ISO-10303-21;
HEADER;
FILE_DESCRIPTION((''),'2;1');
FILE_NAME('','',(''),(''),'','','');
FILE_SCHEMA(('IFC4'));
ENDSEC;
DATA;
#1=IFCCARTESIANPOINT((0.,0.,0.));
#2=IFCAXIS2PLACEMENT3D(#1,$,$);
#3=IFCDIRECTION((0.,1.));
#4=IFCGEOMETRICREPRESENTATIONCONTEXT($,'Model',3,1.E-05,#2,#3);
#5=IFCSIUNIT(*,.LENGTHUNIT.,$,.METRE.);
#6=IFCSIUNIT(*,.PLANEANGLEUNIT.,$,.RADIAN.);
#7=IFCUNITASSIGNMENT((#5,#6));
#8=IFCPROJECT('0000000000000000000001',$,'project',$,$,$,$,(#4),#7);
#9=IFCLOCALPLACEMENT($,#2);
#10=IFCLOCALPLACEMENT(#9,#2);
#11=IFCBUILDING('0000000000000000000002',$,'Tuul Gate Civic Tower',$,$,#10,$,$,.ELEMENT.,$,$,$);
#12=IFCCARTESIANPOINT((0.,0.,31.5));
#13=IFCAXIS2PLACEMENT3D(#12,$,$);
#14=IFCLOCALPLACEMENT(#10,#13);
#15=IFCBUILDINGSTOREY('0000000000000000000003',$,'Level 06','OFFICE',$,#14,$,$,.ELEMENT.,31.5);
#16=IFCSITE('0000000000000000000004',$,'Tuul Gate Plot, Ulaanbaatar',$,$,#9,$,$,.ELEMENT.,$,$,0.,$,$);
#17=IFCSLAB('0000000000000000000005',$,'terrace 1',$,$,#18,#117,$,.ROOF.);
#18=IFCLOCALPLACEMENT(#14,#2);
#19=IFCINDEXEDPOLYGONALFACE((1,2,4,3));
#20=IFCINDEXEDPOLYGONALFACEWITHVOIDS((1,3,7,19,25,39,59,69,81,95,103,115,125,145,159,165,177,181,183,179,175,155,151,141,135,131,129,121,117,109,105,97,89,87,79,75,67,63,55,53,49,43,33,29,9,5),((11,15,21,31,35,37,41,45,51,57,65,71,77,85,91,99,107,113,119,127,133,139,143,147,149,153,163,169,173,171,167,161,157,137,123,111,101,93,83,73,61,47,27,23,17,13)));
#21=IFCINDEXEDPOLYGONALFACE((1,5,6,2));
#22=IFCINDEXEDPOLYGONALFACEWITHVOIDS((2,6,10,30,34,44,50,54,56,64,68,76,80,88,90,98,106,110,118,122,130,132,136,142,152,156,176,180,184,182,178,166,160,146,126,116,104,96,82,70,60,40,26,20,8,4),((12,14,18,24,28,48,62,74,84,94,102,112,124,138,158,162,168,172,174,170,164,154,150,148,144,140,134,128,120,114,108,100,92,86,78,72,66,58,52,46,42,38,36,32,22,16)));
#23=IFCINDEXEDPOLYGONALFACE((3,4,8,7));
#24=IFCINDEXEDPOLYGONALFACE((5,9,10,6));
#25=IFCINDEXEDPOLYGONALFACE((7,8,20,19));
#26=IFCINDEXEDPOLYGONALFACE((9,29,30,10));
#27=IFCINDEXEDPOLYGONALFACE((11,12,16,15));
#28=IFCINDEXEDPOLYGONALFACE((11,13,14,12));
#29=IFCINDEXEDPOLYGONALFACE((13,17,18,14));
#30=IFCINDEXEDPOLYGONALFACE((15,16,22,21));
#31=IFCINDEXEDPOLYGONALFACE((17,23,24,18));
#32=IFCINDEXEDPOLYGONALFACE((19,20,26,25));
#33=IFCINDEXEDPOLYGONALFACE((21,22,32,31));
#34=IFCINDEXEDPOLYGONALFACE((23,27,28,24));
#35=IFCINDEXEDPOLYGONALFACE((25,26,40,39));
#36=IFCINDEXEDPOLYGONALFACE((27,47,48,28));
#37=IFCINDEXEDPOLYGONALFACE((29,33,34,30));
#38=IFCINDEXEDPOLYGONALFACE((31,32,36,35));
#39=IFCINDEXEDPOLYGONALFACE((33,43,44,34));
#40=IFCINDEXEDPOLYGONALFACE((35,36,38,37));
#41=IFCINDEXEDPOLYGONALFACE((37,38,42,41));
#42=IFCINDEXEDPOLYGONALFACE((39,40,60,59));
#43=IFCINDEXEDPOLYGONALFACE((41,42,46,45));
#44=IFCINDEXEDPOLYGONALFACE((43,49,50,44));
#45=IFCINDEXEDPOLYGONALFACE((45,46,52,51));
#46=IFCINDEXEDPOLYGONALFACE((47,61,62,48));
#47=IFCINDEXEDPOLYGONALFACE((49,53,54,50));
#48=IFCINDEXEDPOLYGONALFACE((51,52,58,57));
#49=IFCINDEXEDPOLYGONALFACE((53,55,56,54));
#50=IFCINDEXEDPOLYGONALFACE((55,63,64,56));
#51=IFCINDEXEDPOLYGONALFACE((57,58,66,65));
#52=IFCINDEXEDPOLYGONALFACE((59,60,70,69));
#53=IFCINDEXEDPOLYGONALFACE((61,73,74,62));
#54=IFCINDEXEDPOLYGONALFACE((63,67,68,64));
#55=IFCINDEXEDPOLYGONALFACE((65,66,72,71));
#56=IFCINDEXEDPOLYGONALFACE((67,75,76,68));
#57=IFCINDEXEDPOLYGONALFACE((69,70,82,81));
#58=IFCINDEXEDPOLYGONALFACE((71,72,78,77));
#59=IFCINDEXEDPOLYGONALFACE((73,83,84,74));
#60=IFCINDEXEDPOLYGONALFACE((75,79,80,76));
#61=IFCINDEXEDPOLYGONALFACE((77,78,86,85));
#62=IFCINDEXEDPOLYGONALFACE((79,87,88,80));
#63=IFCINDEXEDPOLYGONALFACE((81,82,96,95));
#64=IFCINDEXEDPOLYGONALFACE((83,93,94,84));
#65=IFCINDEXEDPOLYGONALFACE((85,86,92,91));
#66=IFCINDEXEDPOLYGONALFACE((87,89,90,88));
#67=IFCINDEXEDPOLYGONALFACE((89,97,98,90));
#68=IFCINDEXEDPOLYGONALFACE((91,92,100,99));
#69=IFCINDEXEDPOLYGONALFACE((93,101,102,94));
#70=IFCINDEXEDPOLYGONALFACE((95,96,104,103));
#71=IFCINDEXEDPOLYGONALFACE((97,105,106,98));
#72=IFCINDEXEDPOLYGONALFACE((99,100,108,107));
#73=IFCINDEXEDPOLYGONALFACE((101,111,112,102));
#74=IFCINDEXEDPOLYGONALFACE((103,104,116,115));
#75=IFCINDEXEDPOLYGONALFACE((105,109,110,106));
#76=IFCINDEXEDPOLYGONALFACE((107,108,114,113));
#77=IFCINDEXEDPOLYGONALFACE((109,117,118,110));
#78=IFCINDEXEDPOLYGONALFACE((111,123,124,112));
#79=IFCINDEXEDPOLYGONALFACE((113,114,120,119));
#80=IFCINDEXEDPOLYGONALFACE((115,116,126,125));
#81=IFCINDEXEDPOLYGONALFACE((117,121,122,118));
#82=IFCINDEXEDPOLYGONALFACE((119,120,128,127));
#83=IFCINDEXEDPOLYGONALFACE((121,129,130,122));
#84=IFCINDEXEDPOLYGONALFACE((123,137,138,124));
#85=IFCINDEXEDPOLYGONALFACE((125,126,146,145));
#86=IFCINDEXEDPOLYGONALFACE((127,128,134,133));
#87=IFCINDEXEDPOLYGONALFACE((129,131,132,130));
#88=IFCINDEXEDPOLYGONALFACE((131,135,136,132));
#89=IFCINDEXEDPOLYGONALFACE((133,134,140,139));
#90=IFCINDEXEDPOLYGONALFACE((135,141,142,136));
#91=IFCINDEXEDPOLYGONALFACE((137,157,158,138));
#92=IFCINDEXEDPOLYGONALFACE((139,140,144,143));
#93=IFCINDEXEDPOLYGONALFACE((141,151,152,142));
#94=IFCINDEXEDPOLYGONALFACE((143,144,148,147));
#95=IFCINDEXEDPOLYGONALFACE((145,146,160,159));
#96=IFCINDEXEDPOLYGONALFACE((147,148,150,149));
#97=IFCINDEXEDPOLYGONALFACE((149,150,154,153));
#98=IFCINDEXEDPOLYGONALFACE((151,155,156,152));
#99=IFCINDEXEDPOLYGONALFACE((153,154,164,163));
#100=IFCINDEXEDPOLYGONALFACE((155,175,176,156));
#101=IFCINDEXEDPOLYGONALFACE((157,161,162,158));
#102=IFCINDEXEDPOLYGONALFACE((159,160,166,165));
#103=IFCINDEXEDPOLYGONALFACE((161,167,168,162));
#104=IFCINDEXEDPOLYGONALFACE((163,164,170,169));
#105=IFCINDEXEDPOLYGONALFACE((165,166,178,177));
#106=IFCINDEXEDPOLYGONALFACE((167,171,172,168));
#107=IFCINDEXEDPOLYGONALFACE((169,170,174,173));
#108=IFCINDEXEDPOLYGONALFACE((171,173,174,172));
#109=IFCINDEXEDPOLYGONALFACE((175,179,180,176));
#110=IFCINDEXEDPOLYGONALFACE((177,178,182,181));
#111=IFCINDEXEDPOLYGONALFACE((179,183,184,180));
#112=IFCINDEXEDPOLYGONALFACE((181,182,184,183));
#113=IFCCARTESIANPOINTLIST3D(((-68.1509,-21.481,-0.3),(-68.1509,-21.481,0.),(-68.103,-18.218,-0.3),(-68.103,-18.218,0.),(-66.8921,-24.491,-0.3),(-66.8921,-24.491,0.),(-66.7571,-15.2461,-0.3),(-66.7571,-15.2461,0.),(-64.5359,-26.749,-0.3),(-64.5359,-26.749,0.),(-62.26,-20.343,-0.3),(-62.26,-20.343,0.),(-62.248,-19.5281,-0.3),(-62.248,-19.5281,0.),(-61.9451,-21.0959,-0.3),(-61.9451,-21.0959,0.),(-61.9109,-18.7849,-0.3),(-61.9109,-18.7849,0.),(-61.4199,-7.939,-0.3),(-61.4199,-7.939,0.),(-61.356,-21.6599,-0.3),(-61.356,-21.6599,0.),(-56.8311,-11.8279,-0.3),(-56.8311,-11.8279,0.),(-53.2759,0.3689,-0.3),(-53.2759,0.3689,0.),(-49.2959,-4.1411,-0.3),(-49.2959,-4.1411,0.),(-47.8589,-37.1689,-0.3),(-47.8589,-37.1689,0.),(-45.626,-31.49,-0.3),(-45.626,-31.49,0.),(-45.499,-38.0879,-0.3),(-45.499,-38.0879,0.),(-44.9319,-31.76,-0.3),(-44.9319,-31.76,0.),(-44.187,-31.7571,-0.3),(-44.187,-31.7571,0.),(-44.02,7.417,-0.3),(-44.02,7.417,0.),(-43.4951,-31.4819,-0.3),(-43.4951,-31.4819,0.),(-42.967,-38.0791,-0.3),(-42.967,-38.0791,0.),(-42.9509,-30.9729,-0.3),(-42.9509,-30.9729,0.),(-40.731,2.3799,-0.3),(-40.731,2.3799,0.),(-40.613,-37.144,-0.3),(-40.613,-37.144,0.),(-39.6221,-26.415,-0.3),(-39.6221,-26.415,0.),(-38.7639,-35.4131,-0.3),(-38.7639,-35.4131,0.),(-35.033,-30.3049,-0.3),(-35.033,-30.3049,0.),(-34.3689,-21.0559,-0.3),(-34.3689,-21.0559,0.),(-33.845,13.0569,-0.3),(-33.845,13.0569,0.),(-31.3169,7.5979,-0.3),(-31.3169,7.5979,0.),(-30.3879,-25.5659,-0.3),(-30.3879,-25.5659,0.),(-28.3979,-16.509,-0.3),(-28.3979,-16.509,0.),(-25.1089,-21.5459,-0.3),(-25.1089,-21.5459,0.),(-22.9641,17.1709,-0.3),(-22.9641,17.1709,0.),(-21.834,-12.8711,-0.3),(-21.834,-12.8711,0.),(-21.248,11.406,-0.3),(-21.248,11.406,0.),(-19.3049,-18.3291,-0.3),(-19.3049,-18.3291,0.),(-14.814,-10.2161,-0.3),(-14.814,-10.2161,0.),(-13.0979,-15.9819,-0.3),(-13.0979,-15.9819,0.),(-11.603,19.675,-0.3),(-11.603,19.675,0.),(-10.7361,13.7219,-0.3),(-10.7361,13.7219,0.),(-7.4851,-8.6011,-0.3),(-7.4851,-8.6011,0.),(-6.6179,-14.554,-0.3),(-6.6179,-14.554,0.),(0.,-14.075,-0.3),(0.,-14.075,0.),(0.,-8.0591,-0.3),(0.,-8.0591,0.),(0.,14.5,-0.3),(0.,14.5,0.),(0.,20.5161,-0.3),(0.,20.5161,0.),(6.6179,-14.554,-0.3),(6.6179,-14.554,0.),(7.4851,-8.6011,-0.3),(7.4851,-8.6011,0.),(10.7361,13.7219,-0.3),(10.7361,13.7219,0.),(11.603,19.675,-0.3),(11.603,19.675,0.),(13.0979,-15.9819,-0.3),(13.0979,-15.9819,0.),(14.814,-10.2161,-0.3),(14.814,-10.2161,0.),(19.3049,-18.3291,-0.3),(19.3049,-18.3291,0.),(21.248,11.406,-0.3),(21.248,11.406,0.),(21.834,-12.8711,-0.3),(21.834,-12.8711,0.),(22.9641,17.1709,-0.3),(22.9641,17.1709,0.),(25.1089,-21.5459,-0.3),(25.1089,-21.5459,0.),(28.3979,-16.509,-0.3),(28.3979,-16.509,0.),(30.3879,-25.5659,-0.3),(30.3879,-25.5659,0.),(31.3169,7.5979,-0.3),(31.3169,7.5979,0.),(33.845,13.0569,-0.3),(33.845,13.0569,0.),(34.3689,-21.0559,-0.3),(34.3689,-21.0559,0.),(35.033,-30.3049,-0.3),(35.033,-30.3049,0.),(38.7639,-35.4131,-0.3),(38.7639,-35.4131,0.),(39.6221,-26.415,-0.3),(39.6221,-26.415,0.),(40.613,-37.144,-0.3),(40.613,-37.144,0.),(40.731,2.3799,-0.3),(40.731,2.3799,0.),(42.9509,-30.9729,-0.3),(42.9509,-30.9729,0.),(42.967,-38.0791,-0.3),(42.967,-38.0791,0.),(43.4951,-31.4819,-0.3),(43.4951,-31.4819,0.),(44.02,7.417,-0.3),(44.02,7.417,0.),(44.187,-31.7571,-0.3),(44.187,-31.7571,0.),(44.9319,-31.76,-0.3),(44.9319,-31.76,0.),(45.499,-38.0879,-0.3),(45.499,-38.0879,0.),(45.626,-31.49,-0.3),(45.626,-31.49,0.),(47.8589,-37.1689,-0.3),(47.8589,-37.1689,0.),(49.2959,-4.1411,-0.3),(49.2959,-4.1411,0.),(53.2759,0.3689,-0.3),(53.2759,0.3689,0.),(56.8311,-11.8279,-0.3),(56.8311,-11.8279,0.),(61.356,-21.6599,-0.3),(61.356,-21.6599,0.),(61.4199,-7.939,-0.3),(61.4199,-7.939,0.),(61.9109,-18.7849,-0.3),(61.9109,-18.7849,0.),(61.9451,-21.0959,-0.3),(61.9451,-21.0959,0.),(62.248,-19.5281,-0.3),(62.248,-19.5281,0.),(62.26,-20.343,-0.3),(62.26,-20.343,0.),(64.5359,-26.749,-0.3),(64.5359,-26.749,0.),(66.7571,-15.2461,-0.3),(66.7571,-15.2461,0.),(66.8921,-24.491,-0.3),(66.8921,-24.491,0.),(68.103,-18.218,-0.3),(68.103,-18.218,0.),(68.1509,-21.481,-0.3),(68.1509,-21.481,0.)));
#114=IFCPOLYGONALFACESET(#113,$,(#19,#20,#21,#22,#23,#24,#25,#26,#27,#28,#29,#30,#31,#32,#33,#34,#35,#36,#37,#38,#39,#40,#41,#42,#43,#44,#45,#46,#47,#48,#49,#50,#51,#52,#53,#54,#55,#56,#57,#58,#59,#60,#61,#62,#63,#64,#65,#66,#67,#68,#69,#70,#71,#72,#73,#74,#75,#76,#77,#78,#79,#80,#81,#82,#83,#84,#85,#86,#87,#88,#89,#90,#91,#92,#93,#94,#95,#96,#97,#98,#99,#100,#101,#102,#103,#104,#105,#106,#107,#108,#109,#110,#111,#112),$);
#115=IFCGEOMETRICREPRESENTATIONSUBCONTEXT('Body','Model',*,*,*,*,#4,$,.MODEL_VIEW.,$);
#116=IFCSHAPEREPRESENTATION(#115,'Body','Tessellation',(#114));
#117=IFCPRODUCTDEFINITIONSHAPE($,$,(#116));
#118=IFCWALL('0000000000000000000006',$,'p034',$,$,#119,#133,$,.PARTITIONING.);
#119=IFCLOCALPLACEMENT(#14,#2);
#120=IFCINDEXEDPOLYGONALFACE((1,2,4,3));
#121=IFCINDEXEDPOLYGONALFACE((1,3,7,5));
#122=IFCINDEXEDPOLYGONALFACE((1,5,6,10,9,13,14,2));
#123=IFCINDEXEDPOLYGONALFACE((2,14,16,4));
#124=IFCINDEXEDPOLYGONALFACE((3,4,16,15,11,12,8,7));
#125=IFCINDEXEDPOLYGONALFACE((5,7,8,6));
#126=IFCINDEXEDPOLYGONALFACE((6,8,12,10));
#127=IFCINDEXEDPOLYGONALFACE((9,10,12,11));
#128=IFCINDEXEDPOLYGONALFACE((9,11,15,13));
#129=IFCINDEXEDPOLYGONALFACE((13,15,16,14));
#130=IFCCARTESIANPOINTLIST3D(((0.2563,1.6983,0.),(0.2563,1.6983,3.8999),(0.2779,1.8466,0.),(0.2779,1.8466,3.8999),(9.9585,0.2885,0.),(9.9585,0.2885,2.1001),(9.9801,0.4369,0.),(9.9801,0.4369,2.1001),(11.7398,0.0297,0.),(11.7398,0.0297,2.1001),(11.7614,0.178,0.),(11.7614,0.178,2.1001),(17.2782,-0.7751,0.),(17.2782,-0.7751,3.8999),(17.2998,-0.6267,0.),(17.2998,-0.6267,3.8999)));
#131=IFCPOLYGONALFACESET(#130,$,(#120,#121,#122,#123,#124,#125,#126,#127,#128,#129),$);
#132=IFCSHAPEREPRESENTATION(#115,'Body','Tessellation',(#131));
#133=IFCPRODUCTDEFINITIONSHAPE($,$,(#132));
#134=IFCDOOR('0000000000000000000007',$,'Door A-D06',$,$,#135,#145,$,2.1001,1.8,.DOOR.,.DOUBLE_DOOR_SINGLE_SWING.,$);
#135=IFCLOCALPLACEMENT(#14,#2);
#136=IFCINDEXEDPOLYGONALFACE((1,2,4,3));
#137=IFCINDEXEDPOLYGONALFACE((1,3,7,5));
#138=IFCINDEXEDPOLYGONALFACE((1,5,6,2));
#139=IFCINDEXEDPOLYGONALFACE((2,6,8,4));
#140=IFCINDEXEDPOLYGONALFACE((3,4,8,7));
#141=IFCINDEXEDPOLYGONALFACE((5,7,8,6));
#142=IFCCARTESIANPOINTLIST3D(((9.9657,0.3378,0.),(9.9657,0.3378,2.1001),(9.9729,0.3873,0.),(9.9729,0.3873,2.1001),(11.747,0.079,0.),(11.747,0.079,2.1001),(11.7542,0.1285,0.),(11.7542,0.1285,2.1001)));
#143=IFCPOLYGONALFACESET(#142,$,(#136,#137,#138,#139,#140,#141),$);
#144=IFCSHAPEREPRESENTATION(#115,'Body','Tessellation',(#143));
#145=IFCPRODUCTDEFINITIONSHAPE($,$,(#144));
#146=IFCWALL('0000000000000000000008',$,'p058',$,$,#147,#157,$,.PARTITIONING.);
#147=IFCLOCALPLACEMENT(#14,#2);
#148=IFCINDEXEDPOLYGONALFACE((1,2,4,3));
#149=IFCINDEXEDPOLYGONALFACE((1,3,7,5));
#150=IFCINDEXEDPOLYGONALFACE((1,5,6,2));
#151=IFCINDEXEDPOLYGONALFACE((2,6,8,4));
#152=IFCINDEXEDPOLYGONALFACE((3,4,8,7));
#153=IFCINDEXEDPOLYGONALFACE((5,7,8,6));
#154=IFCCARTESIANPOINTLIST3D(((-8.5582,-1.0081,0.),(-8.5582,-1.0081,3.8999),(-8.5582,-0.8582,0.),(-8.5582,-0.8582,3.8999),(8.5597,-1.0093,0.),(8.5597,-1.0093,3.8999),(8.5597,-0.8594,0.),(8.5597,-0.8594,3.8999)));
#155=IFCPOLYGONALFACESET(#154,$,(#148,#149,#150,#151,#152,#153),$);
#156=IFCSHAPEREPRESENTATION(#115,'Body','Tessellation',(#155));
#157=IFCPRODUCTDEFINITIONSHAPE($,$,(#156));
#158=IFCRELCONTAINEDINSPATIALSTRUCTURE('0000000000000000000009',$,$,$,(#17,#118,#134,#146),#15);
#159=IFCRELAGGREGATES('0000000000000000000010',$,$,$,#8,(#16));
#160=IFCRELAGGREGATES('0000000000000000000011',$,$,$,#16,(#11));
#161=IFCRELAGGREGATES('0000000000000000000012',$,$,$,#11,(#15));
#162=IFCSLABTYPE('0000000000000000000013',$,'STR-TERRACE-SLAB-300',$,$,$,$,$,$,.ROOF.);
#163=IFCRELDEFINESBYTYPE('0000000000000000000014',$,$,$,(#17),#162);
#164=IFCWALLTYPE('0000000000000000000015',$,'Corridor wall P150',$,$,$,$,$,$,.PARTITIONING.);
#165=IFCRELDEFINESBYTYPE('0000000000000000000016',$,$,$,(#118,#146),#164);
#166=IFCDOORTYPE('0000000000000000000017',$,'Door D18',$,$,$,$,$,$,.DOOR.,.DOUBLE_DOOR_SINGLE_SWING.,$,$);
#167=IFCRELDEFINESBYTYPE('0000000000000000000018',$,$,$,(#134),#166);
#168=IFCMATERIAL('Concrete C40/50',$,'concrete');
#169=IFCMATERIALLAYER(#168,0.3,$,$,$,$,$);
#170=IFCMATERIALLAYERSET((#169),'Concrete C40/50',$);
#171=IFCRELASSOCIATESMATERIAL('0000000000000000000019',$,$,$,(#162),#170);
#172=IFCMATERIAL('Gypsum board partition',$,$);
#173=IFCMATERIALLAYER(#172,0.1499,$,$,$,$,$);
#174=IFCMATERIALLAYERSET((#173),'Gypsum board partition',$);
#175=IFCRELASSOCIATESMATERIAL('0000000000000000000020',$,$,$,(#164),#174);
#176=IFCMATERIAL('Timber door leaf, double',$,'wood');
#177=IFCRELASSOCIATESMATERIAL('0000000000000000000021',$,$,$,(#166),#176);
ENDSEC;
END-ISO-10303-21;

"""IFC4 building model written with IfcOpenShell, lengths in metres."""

from ifc_helpers import new_model, si_unit, direction, frame, frame_2d, origin, place, context, subcontext, project, spatial, polyline, rectangle, outline, extrude, material, layer, layer_set, type_object, element, fill, save


model = new_model("IFC4")

# Units and contexts
model_context = context("Model", 3, precision=1e-05, world=origin(), true_north=direction((0.0, 1.0)))
body_context = subcontext(model_context, "Body", "Model", "MODEL_VIEW")
ifc_project = project(units=[si_unit("LENGTHUNIT", "METRE"), si_unit("PLANEANGLEUNIT", "RADIAN")], contexts=[model_context])

# Site, building, storey
site_placement = place(None, origin())
site = spatial("IfcSite", under=ifc_project, at=site_placement, Name="Tuul Gate Plot, Ulaanbaatar", CompositionType="ELEMENT", RefElevation=0.0)
building_placement = place(site_placement, origin())
building = spatial("IfcBuilding", under=site, at=building_placement, Name="Tuul Gate Civic Tower", CompositionType="ELEMENT")
storey_placement = place(building_placement, frame((0.0, 0.0, 31.5)))
storey = spatial("IfcBuildingStorey", under=building, at=storey_placement, Name="Level 06", Description="OFFICE", CompositionType="ELEMENT", Elevation=31.5)

# Slab
ifc_material_1 = material(Name="Concrete C40/50", Category="concrete")
ifc_layer_1 = layer(ifc_material_1, 0.3)
ifc_layer_set_1 = layer_set([ifc_layer_1], Name="Concrete C40/50")
slab_type_1 = type_object("IfcSlabType", Name="STR-TERRACE-SLAB-300", PredefinedType="ROOF", material=ifc_layer_set_1)
slab_1_placement = place(storey_placement, frame((0.0, 0.0, -0.3)))
element("IfcSlab", 1, at=slab_1_placement, inside=storey, type_object=slab_type_1, Name="terrace 1", PredefinedType="ROOF", context=body_context, shape_type="SweptSolid", body=[
    extrude(outline(polyline([(47.8589, -37.1689), (45.499, -38.0879), (42.967, -38.0791), (40.613, -37.144), (38.7639, -35.4131), (35.033, -30.3049), (30.3879, -25.5659), (25.1089, -21.5459), (19.3049, -18.3291), (13.0979, -15.9819), (6.6179, -14.554), (0.0, -14.075), (-6.6179, -14.554), (-13.0979, -15.9819), (-19.3049, -18.3291), (-25.1089, -21.5459), (-30.3879, -25.5659), (-35.033, -30.3049), (-38.7639, -35.4131), (-40.613, -37.144), (-42.967, -38.0791), (-45.499, -38.0879), (-47.8589, -37.1689), (-64.5359, -26.749), (-66.8921, -24.491), (-68.1509, -21.481), (-68.103, -18.218), (-66.7571, -15.2461), (-61.4199, -7.939), (-53.2759, 0.3689), (-44.02, 7.417), (-33.845, 13.0569), (-22.9641, 17.1709), (-11.603, 19.675), (0.0, 20.5161), (11.603, 19.675), (22.9641, 17.1709), (33.845, 13.0569), (44.02, 7.417), (53.2759, 0.3689), (61.4199, -7.939), (66.7571, -15.2461), (68.103, -18.218), (68.1509, -21.481), (66.8921, -24.491), (64.5359, -26.749), (47.8589, -37.1689)]), holes=[polyline([(61.9451, -21.0959), (62.26, -20.343), (62.248, -19.5281), (61.9109, -18.7849), (56.8311, -11.8279), (49.2959, -4.1411), (40.731, 2.3799), (31.3169, 7.5979), (21.248, 11.406), (10.7361, 13.7219), (0.0, 14.5), (-10.7361, 13.7219), (-21.248, 11.406), (-31.3169, 7.5979), (-40.731, 2.3799), (-49.2959, -4.1411), (-56.8311, -11.8279), (-61.9109, -18.7849), (-62.248, -19.5281), (-62.26, -20.343), (-61.9451, -21.0959), (-61.356, -21.6599), (-45.626, -31.49), (-44.9319, -31.76), (-44.187, -31.7571), (-43.4951, -31.4819), (-42.9509, -30.9729), (-39.6221, -26.415), (-34.3689, -21.0559), (-28.3979, -16.509), (-21.834, -12.8711), (-14.814, -10.2161), (-7.4851, -8.6011), (0.0, -8.0591), (7.4851, -8.6011), (14.814, -10.2161), (21.834, -12.8711), (28.3979, -16.509), (34.3689, -21.0559), (39.6221, -26.415), (42.9509, -30.9729), (43.4951, -31.4819), (44.187, -31.7571), (44.9319, -31.76), (45.626, -31.49), (61.356, -21.6599), (61.9451, -21.0959)])]), origin(), (0.0, 0.0, 1.0), 0.3),
])

# Wall, opening, door
ifc_material_2 = material(Name="Gypsum board partition")
ifc_layer_2 = layer(ifc_material_2, 0.1499)
ifc_layer_set_2 = layer_set([ifc_layer_2], Name="Gypsum board partition")
wall_type_1 = type_object("IfcWallType", Name="Corridor wall P150", PredefinedType="PARTITIONING", material=ifc_layer_set_2)
wall_1_placement = place(storey_placement, frame((0.2671, 1.7725, 0.0), z_axis=(0.0, 0.0, 1.0), x_axis=(0.989607, -0.143796, 0.0)))
wall_1 = element("IfcWall", 2, at=wall_1_placement, inside=storey, type_object=wall_type_1, Name="p034", PredefinedType="PARTITIONING", context=body_context, shape_type="SweptSolid", body=[
    extrude(rectangle(XDim=17.2007, YDim=0.1499, at=frame_2d((8.6003, 0.0))), origin(), (0.0, 0.0, 1.0), 3.8999),
])
opening_1_placement = place(wall_1_placement, frame((9.8042, 0.0, 0.0)))
opening_1 = element("IfcOpeningElement", 3, at=opening_1_placement, cuts=wall_1, PredefinedType="OPENING", context=body_context, shape_type="SweptSolid", body=[
    extrude(rectangle(XDim=1.8, YDim=2.1001, at=frame_2d((0.8999, 1.05))), frame((0.0, 0.085, 0.0), z_axis=(0.0, -1.0, 0.0), x_axis=(1.0, 0.0, 0.0)), (0.0, 0.0, 1.0), 0.1699),
])
ifc_material_3 = material(Name="Timber door leaf, double", Category="wood")
door_type = type_object("IfcDoorType", Name="Door D18", OperationType="DOUBLE_DOOR_SINGLE_SWING", PredefinedType="DOOR", material=ifc_material_3)
door_placement = place(opening_1_placement, origin())
door = element("IfcDoor", 4, at=door_placement, inside=storey, type_object=door_type, Name="Door A-D06", OperationType="DOUBLE_DOOR_SINGLE_SWING", OverallHeight=2.1001, OverallWidth=1.8, PredefinedType="DOOR", context=body_context, shape_type="SweptSolid", body=[
    extrude(rectangle(XDim=1.8, YDim=2.1001, at=frame_2d((0.8999, 1.05))), frame((0.0, 0.0249, 0.0), z_axis=(0.0, -1.0, 0.0), x_axis=(1.0, 0.0, 0.0)), (0.0, 0.0, 1.0), 0.05),
])
fill(opening_1, door)

# Wall
wall_2_placement = place(storey_placement, frame((-8.5583, -0.9331, 0.0), z_axis=(0.0, 0.0, 1.0), x_axis=(1.0, -0.000071, 0.0)))
element("IfcWall", 5, at=wall_2_placement, inside=storey, type_object=wall_type_1, Name="p058", PredefinedType="PARTITIONING", context=body_context, shape_type="SweptSolid", body=[
    extrude(rectangle(XDim=17.1179, YDim=0.1499, at=frame_2d((8.5591, 0.0))), origin(), (0.0, 0.0, 1.0), 3.8999),
])

save(model, "model.ifc")
